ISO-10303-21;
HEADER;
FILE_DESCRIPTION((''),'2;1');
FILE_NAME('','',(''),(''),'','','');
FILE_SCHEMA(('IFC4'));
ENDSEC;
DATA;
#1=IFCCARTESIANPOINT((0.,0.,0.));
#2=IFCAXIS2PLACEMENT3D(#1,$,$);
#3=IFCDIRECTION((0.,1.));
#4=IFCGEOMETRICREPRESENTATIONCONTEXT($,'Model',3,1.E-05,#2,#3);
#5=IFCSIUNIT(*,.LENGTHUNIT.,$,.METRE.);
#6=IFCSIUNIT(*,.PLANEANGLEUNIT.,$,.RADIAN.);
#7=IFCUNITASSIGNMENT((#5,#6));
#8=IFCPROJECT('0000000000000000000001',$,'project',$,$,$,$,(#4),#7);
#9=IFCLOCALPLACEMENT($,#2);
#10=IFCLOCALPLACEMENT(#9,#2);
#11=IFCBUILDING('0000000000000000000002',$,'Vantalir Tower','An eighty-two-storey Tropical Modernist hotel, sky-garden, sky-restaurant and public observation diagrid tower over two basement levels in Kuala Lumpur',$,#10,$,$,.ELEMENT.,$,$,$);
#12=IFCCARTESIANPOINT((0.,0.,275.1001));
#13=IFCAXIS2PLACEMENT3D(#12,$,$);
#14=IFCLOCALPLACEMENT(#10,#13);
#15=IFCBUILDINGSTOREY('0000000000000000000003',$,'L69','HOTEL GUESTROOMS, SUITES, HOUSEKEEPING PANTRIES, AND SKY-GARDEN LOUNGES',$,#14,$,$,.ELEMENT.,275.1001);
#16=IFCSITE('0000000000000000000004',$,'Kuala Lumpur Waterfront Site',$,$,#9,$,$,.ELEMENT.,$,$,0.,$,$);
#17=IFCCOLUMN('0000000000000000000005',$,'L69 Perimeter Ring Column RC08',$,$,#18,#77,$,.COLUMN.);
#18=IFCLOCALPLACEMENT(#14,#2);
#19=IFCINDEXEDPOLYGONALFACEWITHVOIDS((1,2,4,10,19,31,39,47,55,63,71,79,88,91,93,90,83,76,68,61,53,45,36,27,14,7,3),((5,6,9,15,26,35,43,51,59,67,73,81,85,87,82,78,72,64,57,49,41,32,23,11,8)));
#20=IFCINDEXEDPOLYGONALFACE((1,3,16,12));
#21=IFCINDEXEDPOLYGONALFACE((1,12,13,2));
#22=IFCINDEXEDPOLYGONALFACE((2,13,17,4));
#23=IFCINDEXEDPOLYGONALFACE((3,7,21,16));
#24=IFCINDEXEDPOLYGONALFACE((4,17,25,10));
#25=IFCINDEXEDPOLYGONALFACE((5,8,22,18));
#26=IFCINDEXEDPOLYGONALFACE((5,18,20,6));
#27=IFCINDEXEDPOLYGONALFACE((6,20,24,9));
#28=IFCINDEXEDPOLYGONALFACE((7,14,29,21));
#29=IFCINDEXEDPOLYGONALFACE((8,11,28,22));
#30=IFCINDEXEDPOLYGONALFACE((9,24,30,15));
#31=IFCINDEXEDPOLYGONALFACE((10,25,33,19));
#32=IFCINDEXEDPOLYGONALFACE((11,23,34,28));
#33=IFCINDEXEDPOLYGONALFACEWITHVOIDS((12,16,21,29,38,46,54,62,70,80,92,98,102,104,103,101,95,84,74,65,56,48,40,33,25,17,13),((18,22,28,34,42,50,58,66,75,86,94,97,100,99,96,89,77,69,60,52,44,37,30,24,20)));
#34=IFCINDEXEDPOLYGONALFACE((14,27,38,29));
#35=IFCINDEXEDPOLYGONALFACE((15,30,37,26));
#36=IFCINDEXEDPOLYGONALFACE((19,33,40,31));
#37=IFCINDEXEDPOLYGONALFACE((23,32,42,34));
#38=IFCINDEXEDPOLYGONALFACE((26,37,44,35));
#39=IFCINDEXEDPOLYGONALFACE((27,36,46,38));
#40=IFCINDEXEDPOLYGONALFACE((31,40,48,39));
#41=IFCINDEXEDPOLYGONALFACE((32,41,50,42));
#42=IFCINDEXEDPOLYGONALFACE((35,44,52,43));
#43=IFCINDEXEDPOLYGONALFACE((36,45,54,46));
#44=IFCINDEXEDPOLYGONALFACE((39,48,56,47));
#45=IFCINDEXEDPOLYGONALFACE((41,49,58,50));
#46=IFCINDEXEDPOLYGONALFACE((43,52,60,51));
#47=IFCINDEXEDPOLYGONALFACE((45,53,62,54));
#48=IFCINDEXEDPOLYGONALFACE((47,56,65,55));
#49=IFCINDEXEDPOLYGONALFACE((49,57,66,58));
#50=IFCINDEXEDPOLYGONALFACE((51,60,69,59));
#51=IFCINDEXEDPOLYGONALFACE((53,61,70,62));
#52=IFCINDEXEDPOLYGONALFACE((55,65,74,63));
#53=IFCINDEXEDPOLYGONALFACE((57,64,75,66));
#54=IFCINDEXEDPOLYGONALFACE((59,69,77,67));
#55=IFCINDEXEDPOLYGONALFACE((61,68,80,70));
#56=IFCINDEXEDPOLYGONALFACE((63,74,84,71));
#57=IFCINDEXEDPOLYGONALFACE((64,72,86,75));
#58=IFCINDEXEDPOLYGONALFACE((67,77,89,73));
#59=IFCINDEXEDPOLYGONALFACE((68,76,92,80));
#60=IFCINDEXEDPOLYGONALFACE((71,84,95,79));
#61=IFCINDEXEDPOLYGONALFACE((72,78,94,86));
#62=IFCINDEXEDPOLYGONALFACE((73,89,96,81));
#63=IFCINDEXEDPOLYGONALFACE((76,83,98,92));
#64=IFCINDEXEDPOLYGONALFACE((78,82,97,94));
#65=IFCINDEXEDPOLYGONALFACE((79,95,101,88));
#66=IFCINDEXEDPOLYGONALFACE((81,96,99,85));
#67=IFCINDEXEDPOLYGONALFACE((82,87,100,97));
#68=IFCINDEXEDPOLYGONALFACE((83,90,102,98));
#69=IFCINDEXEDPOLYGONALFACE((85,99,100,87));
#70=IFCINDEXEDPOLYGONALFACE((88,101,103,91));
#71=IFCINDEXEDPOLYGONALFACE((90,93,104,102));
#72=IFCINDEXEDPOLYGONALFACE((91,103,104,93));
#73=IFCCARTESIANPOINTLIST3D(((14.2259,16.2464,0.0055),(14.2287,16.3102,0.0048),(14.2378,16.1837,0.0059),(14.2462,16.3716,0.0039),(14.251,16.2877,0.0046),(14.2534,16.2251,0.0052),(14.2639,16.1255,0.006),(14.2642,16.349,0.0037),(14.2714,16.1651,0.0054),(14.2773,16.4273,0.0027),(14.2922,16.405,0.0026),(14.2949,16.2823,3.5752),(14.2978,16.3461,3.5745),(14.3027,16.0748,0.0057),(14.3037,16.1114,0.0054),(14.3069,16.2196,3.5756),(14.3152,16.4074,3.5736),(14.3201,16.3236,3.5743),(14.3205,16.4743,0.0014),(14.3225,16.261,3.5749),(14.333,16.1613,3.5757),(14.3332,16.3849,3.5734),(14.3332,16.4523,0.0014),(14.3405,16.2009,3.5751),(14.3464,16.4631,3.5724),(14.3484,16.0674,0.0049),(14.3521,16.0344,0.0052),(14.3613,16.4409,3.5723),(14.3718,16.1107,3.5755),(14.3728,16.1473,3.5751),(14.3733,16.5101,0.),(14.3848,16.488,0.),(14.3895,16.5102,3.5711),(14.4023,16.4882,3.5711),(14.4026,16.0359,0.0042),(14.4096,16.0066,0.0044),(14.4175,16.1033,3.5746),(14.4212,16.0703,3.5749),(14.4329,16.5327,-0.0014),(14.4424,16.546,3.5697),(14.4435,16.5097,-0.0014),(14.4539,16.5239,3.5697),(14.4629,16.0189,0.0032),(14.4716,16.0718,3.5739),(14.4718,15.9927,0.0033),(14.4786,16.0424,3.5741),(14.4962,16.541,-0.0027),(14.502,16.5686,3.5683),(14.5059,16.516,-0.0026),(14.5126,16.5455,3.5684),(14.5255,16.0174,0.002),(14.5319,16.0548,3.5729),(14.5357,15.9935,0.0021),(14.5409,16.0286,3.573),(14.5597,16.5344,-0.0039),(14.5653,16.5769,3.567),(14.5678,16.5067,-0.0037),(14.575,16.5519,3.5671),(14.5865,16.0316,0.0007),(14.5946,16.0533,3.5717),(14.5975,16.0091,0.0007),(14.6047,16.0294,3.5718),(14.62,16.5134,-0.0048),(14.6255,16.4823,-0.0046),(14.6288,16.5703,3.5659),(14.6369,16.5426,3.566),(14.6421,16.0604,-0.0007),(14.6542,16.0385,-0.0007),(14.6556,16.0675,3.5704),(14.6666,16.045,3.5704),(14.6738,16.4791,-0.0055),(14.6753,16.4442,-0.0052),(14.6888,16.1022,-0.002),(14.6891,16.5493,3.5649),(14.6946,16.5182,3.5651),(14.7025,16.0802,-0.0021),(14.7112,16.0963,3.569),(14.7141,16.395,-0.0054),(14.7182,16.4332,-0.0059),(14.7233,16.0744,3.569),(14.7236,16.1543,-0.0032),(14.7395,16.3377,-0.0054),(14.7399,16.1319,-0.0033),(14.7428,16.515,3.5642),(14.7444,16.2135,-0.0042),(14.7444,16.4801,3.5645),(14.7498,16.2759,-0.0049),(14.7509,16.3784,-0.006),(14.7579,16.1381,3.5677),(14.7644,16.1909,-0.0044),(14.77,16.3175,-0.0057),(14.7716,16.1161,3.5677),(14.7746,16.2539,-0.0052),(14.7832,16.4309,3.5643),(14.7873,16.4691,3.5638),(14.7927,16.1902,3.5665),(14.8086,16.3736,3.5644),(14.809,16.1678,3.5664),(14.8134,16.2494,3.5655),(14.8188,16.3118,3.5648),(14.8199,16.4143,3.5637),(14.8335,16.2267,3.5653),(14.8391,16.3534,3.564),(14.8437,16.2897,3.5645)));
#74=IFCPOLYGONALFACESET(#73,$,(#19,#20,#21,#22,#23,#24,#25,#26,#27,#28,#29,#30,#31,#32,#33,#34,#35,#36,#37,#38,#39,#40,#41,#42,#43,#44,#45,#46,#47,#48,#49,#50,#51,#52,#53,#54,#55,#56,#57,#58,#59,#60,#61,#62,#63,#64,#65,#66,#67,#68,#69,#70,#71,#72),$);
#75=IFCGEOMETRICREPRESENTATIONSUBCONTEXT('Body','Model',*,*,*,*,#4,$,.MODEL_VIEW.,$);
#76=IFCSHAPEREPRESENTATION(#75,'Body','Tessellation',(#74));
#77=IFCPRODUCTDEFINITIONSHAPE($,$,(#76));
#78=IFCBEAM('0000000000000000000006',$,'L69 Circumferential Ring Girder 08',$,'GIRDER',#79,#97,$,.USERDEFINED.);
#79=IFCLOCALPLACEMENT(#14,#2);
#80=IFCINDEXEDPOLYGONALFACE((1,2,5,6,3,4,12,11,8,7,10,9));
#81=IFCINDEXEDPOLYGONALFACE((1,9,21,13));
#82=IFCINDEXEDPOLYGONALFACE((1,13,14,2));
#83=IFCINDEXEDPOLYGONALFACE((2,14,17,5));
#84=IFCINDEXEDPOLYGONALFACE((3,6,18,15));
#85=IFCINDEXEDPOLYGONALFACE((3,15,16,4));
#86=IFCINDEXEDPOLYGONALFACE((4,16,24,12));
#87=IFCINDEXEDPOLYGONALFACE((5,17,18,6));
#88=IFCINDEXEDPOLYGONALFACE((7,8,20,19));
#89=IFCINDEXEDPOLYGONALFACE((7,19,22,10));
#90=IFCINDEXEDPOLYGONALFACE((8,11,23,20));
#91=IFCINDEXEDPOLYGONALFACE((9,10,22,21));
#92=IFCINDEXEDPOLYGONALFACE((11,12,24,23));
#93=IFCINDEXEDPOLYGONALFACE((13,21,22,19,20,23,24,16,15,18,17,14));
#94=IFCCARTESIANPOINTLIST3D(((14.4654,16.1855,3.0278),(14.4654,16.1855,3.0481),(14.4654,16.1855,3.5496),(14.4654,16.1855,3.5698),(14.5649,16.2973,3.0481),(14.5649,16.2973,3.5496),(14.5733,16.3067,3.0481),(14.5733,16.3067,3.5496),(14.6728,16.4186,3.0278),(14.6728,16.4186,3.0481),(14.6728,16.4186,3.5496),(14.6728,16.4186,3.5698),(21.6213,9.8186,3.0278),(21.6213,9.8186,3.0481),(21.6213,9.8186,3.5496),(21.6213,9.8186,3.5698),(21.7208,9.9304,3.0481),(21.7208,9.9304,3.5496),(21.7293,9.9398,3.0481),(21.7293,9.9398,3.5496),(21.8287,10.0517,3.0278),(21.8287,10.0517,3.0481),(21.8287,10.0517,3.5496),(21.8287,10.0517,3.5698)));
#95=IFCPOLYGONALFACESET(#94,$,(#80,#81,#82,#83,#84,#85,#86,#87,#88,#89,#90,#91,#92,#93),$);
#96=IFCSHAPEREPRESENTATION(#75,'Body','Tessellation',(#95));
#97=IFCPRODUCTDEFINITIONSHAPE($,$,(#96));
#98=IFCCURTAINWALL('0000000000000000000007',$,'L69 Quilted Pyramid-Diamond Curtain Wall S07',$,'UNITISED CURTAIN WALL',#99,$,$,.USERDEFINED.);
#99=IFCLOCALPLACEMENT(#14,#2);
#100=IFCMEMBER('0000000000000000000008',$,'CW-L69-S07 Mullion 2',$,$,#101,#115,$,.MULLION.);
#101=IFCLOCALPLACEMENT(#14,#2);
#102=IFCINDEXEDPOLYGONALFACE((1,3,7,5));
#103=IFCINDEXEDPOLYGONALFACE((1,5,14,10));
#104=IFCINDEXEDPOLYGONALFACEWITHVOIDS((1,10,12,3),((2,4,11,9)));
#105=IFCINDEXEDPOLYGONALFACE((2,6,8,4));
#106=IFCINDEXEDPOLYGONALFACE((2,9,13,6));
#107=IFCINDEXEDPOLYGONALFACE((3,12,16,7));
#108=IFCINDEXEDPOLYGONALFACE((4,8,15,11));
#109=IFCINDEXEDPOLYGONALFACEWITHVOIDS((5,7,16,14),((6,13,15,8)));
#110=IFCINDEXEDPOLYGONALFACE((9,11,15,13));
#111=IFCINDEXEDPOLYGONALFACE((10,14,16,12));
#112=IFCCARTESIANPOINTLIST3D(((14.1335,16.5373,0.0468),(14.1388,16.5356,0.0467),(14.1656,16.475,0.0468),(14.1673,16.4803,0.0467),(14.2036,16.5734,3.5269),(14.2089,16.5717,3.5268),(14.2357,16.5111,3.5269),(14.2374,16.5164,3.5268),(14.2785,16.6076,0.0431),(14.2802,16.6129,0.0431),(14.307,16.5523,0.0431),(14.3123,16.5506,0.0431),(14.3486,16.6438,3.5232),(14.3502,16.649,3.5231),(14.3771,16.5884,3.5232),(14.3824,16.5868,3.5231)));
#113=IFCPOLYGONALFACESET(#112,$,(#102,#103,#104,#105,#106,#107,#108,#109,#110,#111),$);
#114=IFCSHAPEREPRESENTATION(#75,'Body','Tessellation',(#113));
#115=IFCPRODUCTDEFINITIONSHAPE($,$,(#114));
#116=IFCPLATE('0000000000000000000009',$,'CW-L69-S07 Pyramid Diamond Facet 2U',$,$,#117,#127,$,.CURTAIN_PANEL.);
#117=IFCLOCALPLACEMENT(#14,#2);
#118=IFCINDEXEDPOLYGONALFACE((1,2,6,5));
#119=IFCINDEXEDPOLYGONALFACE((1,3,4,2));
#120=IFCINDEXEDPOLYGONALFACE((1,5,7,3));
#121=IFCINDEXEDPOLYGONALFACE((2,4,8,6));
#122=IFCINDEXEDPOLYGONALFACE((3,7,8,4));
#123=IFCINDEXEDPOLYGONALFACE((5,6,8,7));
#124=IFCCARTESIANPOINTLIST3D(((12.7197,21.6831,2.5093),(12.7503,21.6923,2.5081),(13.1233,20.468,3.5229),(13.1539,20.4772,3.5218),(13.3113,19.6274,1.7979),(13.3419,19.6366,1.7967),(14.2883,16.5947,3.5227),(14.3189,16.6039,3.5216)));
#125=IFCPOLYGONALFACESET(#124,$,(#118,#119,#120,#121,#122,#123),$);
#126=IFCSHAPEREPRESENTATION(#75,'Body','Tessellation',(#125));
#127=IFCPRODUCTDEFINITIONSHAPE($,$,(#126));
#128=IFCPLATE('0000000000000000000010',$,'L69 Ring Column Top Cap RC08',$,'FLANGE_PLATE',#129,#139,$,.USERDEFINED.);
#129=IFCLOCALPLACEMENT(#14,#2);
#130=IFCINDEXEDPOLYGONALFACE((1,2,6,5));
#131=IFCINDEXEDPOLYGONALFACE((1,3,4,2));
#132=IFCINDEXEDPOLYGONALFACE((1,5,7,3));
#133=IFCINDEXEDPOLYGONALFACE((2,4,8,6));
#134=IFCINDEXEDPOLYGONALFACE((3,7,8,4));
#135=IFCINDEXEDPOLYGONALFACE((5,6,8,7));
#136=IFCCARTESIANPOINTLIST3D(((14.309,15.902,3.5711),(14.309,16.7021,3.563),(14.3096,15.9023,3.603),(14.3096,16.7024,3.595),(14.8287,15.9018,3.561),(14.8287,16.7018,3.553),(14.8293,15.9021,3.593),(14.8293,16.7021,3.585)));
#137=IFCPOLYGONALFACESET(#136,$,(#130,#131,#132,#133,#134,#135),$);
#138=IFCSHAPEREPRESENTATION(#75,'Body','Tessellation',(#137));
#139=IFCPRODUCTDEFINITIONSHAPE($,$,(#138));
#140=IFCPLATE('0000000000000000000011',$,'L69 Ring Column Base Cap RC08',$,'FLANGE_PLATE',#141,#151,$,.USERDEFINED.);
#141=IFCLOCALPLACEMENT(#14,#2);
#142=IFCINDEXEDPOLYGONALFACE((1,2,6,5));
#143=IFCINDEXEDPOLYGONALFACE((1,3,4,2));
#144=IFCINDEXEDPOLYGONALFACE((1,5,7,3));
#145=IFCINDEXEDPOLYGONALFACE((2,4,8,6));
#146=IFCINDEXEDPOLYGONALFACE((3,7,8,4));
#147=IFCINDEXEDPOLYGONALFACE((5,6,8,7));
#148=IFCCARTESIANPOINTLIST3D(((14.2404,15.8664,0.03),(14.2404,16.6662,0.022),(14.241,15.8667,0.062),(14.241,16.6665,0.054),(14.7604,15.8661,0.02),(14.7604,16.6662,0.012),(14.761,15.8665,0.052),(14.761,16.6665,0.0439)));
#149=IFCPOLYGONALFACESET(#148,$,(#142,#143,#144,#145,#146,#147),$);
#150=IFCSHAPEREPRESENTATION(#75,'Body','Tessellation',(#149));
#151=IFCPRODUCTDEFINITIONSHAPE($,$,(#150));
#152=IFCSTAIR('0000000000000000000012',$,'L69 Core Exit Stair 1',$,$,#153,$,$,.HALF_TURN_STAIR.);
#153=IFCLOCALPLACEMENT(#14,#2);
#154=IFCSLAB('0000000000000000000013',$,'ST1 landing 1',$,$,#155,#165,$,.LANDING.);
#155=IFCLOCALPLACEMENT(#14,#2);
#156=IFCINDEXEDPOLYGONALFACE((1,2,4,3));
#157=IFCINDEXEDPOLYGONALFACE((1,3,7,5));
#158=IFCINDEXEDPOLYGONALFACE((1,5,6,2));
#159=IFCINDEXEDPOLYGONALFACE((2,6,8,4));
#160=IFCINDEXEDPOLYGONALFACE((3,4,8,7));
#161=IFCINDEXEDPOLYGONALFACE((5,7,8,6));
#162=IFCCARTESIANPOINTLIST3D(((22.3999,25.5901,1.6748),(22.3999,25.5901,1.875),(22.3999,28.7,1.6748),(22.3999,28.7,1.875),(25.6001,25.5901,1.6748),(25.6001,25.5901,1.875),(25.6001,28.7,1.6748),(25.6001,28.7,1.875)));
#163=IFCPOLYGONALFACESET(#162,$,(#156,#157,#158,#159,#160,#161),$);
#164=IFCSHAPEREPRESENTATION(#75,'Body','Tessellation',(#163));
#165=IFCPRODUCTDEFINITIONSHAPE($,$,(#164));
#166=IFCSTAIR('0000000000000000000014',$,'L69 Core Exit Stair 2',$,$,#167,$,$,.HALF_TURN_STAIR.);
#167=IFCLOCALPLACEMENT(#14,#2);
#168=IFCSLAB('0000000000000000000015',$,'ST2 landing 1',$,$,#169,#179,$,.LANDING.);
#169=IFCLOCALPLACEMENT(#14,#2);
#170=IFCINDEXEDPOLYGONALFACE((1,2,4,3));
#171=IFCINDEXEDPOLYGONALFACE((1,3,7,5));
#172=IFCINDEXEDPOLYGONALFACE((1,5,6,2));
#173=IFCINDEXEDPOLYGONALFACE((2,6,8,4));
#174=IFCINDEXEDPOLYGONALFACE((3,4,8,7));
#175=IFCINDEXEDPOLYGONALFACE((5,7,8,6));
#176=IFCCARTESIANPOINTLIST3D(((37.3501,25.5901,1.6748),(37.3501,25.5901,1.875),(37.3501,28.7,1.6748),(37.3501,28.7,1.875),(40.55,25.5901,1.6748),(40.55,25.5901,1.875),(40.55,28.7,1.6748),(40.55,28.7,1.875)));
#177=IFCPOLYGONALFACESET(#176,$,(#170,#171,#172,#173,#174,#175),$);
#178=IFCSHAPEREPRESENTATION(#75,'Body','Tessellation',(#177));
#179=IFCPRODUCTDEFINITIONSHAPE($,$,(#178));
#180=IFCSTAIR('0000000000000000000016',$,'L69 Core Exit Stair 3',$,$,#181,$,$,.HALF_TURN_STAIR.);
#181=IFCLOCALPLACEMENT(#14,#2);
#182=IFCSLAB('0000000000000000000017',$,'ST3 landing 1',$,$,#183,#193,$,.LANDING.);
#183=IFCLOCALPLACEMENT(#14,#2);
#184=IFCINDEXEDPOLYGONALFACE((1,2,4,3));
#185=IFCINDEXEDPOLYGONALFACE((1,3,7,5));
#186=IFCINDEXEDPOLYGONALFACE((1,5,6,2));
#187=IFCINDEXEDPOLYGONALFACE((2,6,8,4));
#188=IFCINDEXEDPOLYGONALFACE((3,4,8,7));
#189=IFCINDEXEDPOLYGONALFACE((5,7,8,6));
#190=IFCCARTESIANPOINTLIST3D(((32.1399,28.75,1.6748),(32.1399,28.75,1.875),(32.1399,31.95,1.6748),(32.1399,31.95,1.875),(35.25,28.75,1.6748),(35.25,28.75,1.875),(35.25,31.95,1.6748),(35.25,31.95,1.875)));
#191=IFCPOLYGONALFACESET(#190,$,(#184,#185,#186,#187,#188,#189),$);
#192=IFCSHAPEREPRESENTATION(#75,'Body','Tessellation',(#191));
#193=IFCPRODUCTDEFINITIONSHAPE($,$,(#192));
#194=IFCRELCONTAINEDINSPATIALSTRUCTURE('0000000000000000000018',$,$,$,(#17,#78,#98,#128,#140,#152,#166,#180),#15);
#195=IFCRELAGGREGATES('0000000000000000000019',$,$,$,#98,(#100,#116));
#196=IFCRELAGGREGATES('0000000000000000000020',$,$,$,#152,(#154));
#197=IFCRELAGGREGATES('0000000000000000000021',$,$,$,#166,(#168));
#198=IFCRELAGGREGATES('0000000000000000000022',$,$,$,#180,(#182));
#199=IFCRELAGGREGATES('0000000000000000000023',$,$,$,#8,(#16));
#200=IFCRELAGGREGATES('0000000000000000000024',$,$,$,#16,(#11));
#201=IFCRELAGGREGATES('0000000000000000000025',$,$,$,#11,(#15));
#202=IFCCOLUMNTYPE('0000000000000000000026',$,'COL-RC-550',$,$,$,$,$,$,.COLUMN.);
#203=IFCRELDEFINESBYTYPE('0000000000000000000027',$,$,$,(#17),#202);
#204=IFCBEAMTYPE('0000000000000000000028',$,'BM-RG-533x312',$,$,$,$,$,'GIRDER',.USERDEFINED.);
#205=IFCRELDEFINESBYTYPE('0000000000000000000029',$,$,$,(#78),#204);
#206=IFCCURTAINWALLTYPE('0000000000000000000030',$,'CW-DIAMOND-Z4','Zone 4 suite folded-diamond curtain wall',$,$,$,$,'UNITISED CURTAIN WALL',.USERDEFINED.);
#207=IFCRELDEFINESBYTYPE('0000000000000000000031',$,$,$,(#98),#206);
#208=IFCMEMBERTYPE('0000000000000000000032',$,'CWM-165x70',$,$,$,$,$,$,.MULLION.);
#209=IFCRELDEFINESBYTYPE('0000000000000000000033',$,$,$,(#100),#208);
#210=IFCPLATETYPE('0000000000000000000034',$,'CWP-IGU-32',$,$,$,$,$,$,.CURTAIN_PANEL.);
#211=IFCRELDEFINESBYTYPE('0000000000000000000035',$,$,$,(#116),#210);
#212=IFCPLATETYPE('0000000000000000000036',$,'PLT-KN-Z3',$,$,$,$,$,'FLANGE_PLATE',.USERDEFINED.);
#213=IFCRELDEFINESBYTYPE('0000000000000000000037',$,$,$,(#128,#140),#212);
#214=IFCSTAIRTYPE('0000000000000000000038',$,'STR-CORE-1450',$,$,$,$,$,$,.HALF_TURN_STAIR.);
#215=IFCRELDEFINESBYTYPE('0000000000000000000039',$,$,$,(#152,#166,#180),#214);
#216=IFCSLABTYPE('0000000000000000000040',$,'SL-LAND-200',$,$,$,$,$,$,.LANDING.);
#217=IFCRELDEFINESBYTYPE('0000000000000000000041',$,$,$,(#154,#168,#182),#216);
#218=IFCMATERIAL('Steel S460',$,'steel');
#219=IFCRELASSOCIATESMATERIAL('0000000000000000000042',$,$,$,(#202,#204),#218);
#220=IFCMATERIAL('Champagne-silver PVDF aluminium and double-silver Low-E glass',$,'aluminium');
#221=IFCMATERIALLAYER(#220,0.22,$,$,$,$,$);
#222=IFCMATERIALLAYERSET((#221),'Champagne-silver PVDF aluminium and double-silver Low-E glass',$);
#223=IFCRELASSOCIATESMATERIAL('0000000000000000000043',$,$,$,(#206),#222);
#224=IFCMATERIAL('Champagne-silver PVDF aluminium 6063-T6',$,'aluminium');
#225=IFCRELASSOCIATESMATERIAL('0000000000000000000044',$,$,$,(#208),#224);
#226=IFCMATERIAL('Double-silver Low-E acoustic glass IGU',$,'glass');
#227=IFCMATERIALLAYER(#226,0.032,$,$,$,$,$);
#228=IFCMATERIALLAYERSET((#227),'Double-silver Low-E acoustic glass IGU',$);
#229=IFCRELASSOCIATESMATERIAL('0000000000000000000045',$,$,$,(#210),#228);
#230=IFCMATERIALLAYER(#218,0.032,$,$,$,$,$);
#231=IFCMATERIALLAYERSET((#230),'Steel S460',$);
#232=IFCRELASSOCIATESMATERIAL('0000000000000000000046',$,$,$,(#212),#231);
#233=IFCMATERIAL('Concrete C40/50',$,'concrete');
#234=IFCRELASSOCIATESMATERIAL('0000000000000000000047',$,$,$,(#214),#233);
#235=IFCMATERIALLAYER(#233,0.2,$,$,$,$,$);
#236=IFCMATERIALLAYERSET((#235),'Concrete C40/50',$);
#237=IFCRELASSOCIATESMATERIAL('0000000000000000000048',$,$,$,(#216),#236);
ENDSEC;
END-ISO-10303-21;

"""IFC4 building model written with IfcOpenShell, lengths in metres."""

from ifc_helpers import new_model, si_unit, direction, frame, origin, origin_2d, place, context, subcontext, project, spatial, polyline, hollow_rectangle, hollow_circle, i_section, outline, extrude, material, layer, layer_set, material_profile, profile_set, type_object, element, aggregate, save


model = new_model("IFC4")

# Units and contexts
model_context = context("Model", 3, precision=1e-05, world=origin(), true_north=direction((0.0, 1.0)))
body_context = subcontext(model_context, "Body", "Model", "MODEL_VIEW")
ifc_project = project(units=[si_unit("LENGTHUNIT", "METRE"), si_unit("PLANEANGLEUNIT", "RADIAN")], contexts=[model_context])

# Site, building, storey
site_placement = place(None, origin())
site = spatial("IfcSite", under=ifc_project, at=site_placement, Name="Kuala Lumpur Waterfront Site", CompositionType="ELEMENT", RefElevation=0.0)
building_placement = place(site_placement, origin())
building = spatial("IfcBuilding", under=site, at=building_placement, Name="Vantalir Tower", Description="An eighty-two-storey Tropical Modernist hotel, sky-garden, sky-restaurant and public observation diagrid tower over two basement levels in Kuala Lumpur", CompositionType="ELEMENT")
storey_placement = place(building_placement, frame((0.0, 0.0, 275.1001)))
storey = spatial("IfcBuildingStorey", under=building, at=storey_placement, Name="L69", Description="HOTEL GUESTROOMS, SUITES, HOUSEKEEPING PANTRIES, AND SKY-GARDEN LOUNGES", CompositionType="ELEMENT", Elevation=275.1001)

# Column
ifc_material_1 = material(Name="Steel S460", Category="steel")
ifc_material_profile_1 = material_profile(ifc_material_1, hollow_circle(Radius=0.2749, WallThickness=0.0249, at=origin_2d()), Name="Steel S460")
ifc_profile_set_1 = profile_set([ifc_material_profile_1], Name="Steel S460")
column_type = type_object("IfcColumnType", Name="COL-RC-550", PredefinedType="COLUMN", material=ifc_profile_set_1)
column_placement = place(storey_placement, frame((14.5, 16.2661, 0.0), z_axis=(0.01935, 0.010051, 0.999762), x_axis=(-0.460958, 0.887422, 0.0)))
element("IfcColumn", 1, at=column_placement, inside=storey, type_object=column_type, Name="L69 Perimeter Ring Column RC08", PredefinedType="COLUMN", context=body_context, shape_type="SweptSolid", body=[
    extrude(hollow_circle(Radius=0.2749, WallThickness=0.0249, at=origin_2d()), origin(), (0.0, 0.0, 1.0), 3.5706),
])

# Beam
ifc_material_profile_2 = material_profile(ifc_material_1, i_section(OverallWidth=0.312, OverallDepth=0.542, WebThickness=0.0127, FlangeThickness=0.0203, at=origin_2d()), Name="Steel S460")
ifc_profile_set_2 = profile_set([ifc_material_profile_2], Name="Steel S460")
beam_type = type_object("IfcBeamType", Name="BM-RG-533x312", ElementType="GIRDER", PredefinedType="USERDEFINED", material=ifc_profile_set_2)
beam_placement = place(storey_placement, frame((14.5691, 16.302, 3.2988), z_axis=(0.747096, -0.664717, 0.0), x_axis=(0.664717, 0.747096, 0.0)))
element("IfcBeam", 2, at=beam_placement, inside=storey, type_object=beam_type, Name="L69 Circumferential Ring Girder 08", ObjectType="GIRDER", PredefinedType="USERDEFINED", context=body_context, shape_type="SweptSolid", body=[
    extrude(i_section(OverallWidth=0.312, OverallDepth=0.542, WebThickness=0.0127, FlangeThickness=0.0203, at=origin_2d()), origin(), (0.0, 0.0, 1.0), 9.5784),
])

# Curtain wall, member, plate
ifc_material_2 = material(Name="Champagne-silver PVDF aluminium and double-silver Low-E glass", Category="aluminium")
ifc_layer_1 = layer(ifc_material_2, 0.22)
ifc_layer_set_1 = layer_set([ifc_layer_1], Name="Champagne-silver PVDF aluminium and double-silver Low-E glass")
curtain_wall_type = type_object("IfcCurtainWallType", Name="CW-DIAMOND-Z4", Description="Zone 4 suite folded-diamond curtain wall", ElementType="UNITISED CURTAIN WALL", PredefinedType="USERDEFINED", material=ifc_layer_set_1)
curtain_wall_placement = place(storey_placement, origin())
curtain_wall = element("IfcCurtainWall", 3, at=curtain_wall_placement, inside=storey, type_object=curtain_wall_type, Name="L69 Quilted Pyramid-Diamond Curtain Wall S07", ObjectType="UNITISED CURTAIN WALL", PredefinedType="USERDEFINED")
ifc_material_3 = material(Name="Champagne-silver PVDF aluminium 6063-T6", Category="aluminium")
ifc_material_profile_3 = material_profile(ifc_material_3, hollow_rectangle(XDim=0.0701, YDim=0.165, WallThickness=0.0039, at=origin_2d()), Name="Champagne-silver PVDF aluminium 6063-T6")
ifc_profile_set_3 = profile_set([ifc_material_profile_3], Name="Champagne-silver PVDF aluminium 6063-T6")
member_type = type_object("IfcMemberType", Name="CWM-165x70", PredefinedType="MULLION", material=ifc_profile_set_3)
member_placement = place(storey_placement, frame((14.2229, 16.5439, 0.0449), z_axis=(0.02013, 0.01038, 0.999743), x_axis=(-0.458327, 0.888783, 0.0)))
member = element("IfcMember", 4, at=member_placement, type_object=member_type, Name="CW-L69-S07 Mullion 2", PredefinedType="MULLION", context=body_context, shape_type="SweptSolid", body=[
    extrude(hollow_rectangle(XDim=0.0701, YDim=0.165, WallThickness=0.0039, at=origin_2d()), origin(), (0.0, 0.0, 1.0), 3.481),
])
ifc_material_4 = material(Name="Double-silver Low-E acoustic glass IGU", Category="glass")
ifc_layer_2 = layer(ifc_material_4, 0.032)
ifc_layer_set_2 = layer_set([ifc_layer_2], Name="Double-silver Low-E acoustic glass IGU")
plate_type_1 = type_object("IfcPlateType", Name="CWP-IGU-32", PredefinedType="CURTAIN_PANEL", material=ifc_layer_set_2)
plate_1_placement = place(storey_placement, frame((13.1233, 20.468, 3.5229), z_axis=(-0.956999, -0.287851, 0.035973), x_axis=(0.288036, -0.95762, -0.00006)))
plate_1 = element("IfcPlate", 5, at=plate_1_placement, type_object=plate_type_1, Name="CW-L69-S07 Pyramid Diamond Facet 2U", PredefinedType="CURTAIN_PANEL", context=body_context, shape_type="SweptSolid", body=[
    extrude(outline(polyline([(0.0, 0.0), (4.0447, 0.0), (0.8592, -1.7262), (-1.2798, -1.0144), (0.0, 0.0)])), origin(), (0.0, 0.0, -1.0), 0.032),
])
aggregate(curtain_wall, [member, plate_1])

# Plates
ifc_layer_3 = layer(ifc_material_1, 0.032)
ifc_layer_set_3 = layer_set([ifc_layer_3], Name="Steel S460")
plate_type_2 = type_object("IfcPlateType", Name="PLT-KN-Z3", ElementType="FLANGE_PLATE", PredefinedType="USERDEFINED", material=ifc_layer_set_3)
plate_2_placement = place(storey_placement, frame((14.3096, 16.7024, 3.595), z_axis=(0.019258, 0.010068, 0.999764), x_axis=(0.0, -0.999949, 0.01007)))
element("IfcPlate", 6, at=plate_2_placement, inside=storey, type_object=plate_type_2, Name="L69 Ring Column Top Cap RC08", ObjectType="FLANGE_PLATE", PredefinedType="USERDEFINED", context=body_context, shape_type="SweptSolid", body=[
    extrude(outline(polyline([(0.0, 0.0), (0.8001, 0.0), (0.8002, 0.5199), (0.0001, 0.5199), (0.0, 0.0)])), origin(), (0.0, 0.0, -1.0), 0.032),
])
plate_3_placement = place(storey_placement, frame((14.241, 16.6665, 0.054), z_axis=(0.019247, 0.010069, 0.999764), x_axis=(0.0, -0.999949, 0.010071)))
element("IfcPlate", 7, at=plate_3_placement, inside=storey, type_object=plate_type_2, Name="L69 Ring Column Base Cap RC08", ObjectType="FLANGE_PLATE", PredefinedType="USERDEFINED", context=body_context, shape_type="SweptSolid", body=[
    extrude(outline(polyline([(0.0, 0.0), (0.7998, 0.0), (0.8, 0.5201), (-0.0001, 0.5201), (0.0, 0.0)])), origin(), (0.0, 0.0, -1.0), 0.032),
])

# Stairs, slabs
ifc_material_5 = material(Name="Concrete C40/50", Category="concrete")
stair_type = type_object("IfcStairType", Name="STR-CORE-1450", PredefinedType="HALF_TURN_STAIR", material=ifc_material_5)
stair_1_placement = place(storey_placement, origin())
stair_1 = element("IfcStair", 8, at=stair_1_placement, inside=storey, type_object=stair_type, Name="L69 Core Exit Stair 1", PredefinedType="HALF_TURN_STAIR")
ifc_layer_4 = layer(ifc_material_5, 0.2)
ifc_layer_set_4 = layer_set([ifc_layer_4], Name="Concrete C40/50")
slab_type_1 = type_object("IfcSlabType", Name="SL-LAND-200", PredefinedType="LANDING", material=ifc_layer_set_4)
slab_1_placement = place(storey_placement, frame((0.0, 0.0, 1.6748)))
slab_1 = element("IfcSlab", 9, at=slab_1_placement, type_object=slab_type_1, Name="ST1 landing 1", PredefinedType="LANDING", context=body_context, shape_type="SweptSolid", body=[
    extrude(outline(polyline([(25.6001, 25.5901), (25.6001, 28.7), (22.3999, 28.7), (22.3999, 25.5901), (25.6001, 25.5901)])), origin(), (0.0, 0.0, 1.0), 0.2002),
])
aggregate(stair_1, [slab_1])
stair_2_placement = place(storey_placement, origin())
stair_2 = element("IfcStair", 10, at=stair_2_placement, inside=storey, type_object=stair_type, Name="L69 Core Exit Stair 2", PredefinedType="HALF_TURN_STAIR")
slab_2_placement = place(storey_placement, frame((0.0, 0.0, 1.6748)))
slab_2 = element("IfcSlab", 11, at=slab_2_placement, type_object=slab_type_1, Name="ST2 landing 1", PredefinedType="LANDING", context=body_context, shape_type="SweptSolid", body=[
    extrude(outline(polyline([(40.55, 25.5901), (40.55, 28.7), (37.3501, 28.7), (37.3501, 25.5901), (40.55, 25.5901)])), origin(), (0.0, 0.0, 1.0), 0.2002),
])
aggregate(stair_2, [slab_2])
stair_3_placement = place(storey_placement, origin())
stair_3 = element("IfcStair", 12, at=stair_3_placement, inside=storey, type_object=stair_type, Name="L69 Core Exit Stair 3", PredefinedType="HALF_TURN_STAIR")
slab_3_placement = place(storey_placement, frame((0.0, 0.0, 1.6748)))
slab_3 = element("IfcSlab", 13, at=slab_3_placement, type_object=slab_type_1, Name="ST3 landing 1", PredefinedType="LANDING", context=body_context, shape_type="SweptSolid", body=[
    extrude(outline(polyline([(32.1399, 28.75), (35.25, 28.75), (35.25, 31.95), (32.1399, 31.95), (32.1399, 28.75)])), origin(), (0.0, 0.0, 1.0), 0.2002),
])
aggregate(stair_3, [slab_3])

save(model, "model.ifc")
